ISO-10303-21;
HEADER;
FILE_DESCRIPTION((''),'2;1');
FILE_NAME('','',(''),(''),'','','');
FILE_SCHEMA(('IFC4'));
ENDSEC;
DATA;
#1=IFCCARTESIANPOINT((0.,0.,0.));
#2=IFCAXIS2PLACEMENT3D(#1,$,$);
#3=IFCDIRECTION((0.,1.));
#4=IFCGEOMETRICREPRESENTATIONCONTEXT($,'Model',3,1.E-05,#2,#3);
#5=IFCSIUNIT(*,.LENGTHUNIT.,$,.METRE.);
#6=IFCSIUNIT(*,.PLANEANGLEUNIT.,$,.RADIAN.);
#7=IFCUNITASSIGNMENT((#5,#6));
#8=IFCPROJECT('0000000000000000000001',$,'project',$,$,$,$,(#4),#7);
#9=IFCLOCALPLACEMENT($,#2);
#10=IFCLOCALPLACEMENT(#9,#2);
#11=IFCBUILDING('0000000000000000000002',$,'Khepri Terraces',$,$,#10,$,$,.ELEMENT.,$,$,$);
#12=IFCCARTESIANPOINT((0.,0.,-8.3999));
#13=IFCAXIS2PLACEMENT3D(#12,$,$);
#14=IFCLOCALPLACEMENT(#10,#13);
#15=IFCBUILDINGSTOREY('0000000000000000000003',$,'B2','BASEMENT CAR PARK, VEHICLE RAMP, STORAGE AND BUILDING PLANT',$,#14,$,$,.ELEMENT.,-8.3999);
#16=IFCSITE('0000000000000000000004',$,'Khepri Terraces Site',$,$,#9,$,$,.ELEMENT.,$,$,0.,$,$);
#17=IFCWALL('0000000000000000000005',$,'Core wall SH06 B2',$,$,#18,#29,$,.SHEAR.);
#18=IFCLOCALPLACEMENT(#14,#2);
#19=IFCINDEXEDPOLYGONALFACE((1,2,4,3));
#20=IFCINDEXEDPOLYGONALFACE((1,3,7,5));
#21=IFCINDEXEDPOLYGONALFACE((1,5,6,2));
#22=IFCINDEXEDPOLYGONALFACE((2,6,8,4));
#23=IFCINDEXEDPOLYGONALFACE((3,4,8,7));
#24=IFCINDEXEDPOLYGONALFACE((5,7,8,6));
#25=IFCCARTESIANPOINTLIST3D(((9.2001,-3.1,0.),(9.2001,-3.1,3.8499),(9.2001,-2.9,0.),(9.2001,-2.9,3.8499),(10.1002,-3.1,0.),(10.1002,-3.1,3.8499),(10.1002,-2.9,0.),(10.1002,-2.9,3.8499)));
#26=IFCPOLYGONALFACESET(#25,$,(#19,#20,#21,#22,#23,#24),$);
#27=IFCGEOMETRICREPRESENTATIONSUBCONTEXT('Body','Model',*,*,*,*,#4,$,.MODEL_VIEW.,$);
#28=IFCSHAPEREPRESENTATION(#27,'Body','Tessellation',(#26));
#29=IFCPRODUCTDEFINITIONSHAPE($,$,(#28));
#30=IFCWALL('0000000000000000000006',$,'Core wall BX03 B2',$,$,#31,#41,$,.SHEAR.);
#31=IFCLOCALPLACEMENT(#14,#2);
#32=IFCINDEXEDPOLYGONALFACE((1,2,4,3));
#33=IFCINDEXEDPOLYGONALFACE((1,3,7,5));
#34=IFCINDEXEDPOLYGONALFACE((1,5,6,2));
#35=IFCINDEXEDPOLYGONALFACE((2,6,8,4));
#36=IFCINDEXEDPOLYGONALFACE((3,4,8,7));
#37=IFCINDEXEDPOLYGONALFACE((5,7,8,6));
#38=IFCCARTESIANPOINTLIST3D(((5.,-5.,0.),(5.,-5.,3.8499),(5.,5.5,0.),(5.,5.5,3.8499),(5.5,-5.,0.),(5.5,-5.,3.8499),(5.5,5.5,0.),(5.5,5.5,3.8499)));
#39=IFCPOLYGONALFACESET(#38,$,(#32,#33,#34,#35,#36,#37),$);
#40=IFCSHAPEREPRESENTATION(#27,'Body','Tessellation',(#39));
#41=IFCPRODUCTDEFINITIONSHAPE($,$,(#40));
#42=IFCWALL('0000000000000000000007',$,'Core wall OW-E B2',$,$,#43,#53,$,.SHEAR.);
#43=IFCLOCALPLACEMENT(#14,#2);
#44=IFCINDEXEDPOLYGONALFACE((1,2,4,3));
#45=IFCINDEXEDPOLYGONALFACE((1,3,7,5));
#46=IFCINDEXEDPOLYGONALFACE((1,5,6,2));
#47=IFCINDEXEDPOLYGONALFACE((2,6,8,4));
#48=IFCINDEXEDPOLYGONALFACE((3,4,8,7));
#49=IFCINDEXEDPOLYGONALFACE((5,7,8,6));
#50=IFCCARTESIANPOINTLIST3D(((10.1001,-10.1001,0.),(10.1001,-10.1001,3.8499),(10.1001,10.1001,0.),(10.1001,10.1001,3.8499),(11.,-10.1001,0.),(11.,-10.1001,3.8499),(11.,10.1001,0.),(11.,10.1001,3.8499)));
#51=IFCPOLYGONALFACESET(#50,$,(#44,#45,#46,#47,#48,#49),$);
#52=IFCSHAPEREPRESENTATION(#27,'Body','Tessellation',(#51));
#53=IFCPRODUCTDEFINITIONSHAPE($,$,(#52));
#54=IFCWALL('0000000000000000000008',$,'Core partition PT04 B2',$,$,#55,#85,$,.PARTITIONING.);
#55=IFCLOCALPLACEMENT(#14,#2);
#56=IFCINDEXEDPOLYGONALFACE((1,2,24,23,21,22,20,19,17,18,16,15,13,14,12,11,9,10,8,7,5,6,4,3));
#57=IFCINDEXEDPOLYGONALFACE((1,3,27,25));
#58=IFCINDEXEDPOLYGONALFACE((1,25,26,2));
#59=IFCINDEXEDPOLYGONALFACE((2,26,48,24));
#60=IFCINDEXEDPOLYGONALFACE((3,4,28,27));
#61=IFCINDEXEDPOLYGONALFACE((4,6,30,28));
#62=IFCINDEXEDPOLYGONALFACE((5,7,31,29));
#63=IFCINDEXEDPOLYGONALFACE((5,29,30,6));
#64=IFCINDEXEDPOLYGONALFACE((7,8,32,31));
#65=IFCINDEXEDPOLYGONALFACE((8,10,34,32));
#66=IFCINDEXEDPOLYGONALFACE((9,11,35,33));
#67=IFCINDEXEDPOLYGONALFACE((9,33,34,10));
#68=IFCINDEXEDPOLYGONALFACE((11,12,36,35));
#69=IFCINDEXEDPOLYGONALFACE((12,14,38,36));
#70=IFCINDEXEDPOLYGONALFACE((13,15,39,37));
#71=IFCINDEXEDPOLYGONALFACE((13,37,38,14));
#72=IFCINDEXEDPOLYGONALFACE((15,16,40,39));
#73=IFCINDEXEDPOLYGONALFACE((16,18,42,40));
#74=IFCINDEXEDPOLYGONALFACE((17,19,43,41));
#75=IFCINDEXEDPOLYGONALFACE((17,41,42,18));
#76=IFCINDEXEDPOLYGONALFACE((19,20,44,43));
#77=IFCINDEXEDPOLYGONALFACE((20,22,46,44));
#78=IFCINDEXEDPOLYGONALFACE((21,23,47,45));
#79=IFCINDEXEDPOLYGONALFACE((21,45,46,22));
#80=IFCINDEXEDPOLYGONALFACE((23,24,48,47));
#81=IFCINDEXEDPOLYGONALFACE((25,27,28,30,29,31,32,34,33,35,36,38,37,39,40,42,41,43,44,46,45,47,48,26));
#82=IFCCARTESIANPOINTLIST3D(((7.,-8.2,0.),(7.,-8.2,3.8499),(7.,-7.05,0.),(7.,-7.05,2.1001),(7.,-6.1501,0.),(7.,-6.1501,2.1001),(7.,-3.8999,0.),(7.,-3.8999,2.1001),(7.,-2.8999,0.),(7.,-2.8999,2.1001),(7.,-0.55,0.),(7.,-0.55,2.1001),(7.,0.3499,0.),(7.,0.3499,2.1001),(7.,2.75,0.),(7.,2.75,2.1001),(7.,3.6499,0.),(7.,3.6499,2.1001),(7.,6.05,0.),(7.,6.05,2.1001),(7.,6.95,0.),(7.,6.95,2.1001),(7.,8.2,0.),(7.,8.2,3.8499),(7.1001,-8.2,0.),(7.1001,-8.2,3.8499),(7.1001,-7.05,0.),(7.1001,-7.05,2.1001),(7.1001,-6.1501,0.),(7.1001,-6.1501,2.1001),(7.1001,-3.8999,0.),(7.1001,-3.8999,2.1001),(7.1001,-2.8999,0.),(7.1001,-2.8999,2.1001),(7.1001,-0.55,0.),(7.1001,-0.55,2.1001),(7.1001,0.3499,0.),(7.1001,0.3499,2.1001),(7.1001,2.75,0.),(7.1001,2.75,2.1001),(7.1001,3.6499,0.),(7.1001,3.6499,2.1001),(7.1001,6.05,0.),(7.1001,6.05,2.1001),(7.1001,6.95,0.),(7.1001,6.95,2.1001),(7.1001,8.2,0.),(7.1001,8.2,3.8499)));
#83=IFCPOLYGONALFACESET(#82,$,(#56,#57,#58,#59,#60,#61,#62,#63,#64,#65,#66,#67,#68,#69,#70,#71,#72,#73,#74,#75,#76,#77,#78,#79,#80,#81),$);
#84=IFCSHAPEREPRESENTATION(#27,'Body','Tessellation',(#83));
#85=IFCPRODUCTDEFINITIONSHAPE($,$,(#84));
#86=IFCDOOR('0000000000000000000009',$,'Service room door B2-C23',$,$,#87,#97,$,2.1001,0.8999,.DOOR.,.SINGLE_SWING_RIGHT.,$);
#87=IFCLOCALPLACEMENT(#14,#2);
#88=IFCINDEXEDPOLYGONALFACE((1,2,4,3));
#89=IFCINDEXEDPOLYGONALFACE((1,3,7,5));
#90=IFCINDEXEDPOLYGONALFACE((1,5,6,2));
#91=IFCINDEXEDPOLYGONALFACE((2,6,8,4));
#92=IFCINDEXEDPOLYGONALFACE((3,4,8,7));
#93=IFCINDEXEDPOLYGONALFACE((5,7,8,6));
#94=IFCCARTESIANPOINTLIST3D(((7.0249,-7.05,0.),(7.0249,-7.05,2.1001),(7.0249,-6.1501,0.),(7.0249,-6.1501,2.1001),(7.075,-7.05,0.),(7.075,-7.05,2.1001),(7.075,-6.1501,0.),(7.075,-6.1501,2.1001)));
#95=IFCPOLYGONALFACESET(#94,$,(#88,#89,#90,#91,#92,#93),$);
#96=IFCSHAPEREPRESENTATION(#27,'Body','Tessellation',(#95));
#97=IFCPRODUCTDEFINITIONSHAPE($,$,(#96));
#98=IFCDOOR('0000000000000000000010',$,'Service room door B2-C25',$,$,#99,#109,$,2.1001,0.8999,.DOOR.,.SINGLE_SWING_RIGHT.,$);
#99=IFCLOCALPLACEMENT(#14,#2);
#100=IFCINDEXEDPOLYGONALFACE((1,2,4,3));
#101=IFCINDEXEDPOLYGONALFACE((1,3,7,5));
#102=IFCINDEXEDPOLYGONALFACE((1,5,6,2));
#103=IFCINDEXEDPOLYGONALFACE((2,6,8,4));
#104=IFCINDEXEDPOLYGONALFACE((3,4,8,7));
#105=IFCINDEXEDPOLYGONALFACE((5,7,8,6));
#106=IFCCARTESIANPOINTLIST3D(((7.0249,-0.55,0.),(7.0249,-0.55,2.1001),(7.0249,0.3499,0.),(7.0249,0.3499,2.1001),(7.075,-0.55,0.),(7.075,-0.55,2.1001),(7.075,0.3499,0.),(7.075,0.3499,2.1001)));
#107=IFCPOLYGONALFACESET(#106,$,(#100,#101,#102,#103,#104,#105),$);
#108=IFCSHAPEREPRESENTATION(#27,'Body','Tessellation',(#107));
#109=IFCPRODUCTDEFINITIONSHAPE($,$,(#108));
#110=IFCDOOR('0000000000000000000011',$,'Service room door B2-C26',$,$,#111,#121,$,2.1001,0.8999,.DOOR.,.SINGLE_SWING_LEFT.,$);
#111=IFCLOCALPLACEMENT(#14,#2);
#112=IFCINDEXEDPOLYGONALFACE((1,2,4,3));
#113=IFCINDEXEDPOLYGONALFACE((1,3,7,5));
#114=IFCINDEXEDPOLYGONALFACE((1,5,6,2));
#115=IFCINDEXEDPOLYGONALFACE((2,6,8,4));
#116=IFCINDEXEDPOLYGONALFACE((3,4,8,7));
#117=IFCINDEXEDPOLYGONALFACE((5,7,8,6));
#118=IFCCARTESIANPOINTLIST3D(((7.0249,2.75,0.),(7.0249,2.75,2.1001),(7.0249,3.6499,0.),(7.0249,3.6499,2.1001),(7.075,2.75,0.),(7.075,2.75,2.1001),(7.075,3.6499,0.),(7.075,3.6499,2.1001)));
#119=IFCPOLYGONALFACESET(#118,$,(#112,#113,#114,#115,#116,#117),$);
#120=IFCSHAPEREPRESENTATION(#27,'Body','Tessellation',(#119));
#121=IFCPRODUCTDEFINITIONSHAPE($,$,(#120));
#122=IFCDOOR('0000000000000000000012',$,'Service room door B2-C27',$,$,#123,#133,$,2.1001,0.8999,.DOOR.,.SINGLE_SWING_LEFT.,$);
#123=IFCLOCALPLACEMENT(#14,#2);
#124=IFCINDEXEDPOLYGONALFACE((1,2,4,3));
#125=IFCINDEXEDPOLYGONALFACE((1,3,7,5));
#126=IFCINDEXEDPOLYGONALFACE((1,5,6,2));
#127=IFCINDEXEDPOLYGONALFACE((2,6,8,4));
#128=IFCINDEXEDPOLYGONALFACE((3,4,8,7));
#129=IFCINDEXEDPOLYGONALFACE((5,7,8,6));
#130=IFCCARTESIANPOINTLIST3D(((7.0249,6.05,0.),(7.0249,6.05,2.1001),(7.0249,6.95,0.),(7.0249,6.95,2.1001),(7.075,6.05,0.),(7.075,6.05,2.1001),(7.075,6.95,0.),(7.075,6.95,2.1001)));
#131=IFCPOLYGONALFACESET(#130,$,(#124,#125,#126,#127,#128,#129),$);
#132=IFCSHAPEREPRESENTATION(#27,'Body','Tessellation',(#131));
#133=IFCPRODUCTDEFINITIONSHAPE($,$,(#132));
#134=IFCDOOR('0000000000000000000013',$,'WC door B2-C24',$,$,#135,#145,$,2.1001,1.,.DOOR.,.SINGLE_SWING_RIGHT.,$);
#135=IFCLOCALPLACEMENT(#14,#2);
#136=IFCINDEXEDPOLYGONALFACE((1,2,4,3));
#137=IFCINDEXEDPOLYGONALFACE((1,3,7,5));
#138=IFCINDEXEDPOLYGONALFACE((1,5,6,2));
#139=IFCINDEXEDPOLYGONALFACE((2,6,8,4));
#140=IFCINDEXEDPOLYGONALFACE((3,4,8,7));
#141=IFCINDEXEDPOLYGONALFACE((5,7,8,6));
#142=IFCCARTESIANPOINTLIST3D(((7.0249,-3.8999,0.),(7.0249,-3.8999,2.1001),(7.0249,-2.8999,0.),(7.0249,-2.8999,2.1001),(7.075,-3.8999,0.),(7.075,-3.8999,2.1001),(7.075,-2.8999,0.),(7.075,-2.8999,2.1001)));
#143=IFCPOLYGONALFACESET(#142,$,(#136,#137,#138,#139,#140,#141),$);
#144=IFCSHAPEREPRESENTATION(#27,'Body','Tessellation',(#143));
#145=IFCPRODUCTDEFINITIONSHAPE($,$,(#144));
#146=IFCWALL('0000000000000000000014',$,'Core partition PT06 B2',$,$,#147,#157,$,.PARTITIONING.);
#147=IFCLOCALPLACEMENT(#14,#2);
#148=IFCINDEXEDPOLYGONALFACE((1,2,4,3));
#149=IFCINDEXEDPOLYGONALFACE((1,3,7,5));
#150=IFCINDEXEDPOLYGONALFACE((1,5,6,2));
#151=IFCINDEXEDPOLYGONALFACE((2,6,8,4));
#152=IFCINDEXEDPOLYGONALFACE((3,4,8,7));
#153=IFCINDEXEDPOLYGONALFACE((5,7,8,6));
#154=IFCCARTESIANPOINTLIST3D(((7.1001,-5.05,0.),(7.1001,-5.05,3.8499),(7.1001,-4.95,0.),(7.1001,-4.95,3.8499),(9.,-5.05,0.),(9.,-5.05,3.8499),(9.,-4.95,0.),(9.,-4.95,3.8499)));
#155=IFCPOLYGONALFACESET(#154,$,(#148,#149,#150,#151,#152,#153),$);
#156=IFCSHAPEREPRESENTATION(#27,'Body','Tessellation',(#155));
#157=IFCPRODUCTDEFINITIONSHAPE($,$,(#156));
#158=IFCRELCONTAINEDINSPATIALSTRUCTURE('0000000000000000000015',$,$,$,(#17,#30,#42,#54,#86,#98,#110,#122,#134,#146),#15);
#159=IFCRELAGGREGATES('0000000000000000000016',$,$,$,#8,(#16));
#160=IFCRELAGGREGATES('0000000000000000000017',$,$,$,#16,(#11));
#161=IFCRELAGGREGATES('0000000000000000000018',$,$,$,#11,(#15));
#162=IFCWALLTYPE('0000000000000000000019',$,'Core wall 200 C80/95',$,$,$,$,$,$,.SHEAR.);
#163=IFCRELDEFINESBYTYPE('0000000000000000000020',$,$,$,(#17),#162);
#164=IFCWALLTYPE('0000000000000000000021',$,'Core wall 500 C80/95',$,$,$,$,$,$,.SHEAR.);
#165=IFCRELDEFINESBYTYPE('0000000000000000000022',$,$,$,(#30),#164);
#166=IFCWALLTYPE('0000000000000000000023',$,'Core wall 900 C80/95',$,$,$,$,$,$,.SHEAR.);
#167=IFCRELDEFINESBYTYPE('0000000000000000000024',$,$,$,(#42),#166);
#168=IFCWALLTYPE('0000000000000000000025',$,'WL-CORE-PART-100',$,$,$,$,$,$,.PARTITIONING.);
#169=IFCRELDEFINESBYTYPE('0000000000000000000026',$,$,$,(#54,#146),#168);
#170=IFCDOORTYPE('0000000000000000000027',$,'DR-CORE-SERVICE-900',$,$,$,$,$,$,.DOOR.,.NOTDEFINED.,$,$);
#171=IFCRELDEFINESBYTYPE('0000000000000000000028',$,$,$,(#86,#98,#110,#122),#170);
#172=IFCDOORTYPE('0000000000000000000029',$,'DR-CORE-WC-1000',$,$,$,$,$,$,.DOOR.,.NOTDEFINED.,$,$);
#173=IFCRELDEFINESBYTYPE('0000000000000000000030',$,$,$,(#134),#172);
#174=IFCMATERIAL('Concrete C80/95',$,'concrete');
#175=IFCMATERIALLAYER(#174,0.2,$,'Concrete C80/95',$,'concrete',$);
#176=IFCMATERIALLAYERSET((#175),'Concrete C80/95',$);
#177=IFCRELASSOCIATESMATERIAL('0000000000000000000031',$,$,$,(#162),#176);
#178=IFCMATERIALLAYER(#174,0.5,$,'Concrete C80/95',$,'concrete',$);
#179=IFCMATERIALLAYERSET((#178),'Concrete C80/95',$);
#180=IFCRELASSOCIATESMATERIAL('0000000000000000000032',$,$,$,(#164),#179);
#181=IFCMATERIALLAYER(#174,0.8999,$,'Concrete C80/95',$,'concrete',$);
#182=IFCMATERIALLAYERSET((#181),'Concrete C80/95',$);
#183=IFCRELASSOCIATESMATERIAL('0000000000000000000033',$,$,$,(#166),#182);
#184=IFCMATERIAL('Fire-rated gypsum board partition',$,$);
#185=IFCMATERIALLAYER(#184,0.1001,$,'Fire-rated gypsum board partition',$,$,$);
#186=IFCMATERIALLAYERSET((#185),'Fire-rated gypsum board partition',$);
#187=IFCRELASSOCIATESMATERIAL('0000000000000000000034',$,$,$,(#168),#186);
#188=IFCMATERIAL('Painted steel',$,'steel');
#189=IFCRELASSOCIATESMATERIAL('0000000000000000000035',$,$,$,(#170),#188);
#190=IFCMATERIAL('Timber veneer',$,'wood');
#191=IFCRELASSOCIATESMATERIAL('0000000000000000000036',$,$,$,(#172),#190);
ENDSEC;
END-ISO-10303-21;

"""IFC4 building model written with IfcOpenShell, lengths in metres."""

from ifc_helpers import new_model, si_unit, direction, frame, frame_2d, origin, place, context, subcontext, project, spatial, rectangle, extrude, material, layer, layer_set, type_object, element, fill, save


model = new_model("IFC4")

# Units and contexts
model_context = context("Model", 3, precision=1e-05, world=origin(), true_north=direction((0.0, 1.0)))
body_context = subcontext(model_context, "Body", "Model", "MODEL_VIEW")
ifc_project = project(units=[si_unit("LENGTHUNIT", "METRE"), si_unit("PLANEANGLEUNIT", "RADIAN")], contexts=[model_context])

# Site, building, storey
site_placement = place(None, origin())
site = spatial("IfcSite", under=ifc_project, at=site_placement, Name="Khepri Terraces Site", CompositionType="ELEMENT", RefElevation=0.0)
building_placement = place(site_placement, origin())
building = spatial("IfcBuilding", under=site, at=building_placement, Name="Khepri Terraces", CompositionType="ELEMENT")
storey_placement = place(building_placement, frame((0.0, 0.0, -8.3999)))
storey = spatial("IfcBuildingStorey", under=building, at=storey_placement, Name="B2", Description="BASEMENT CAR PARK, VEHICLE RAMP, STORAGE AND BUILDING PLANT", CompositionType="ELEMENT", Elevation=-8.3999)

# Walls
ifc_material_1 = material(Name="Concrete C80/95", Category="concrete")
ifc_layer_1 = layer(ifc_material_1, 0.2, Name="Concrete C80/95", Category="concrete")
ifc_layer_set_1 = layer_set([ifc_layer_1], Name="Concrete C80/95")
wall_type_1 = type_object("IfcWallType", Name="Core wall 200 C80/95", PredefinedType="SHEAR", material=ifc_layer_set_1)
wall_1_placement = place(storey_placement, frame((9.2, -3.0, 0.0), z_axis=(0.0, 0.0, 1.0), x_axis=(1.0, 0.0, 0.0)))
element("IfcWall", 1, at=wall_1_placement, inside=storey, type_object=wall_type_1, Name="Core wall SH06 B2", PredefinedType="SHEAR", context=body_context, shape_type="SweptSolid", body=[
    extrude(rectangle(XDim=0.9001, YDim=0.2, at=frame_2d((0.4502, 0.0))), origin(), (0.0, 0.0, 1.0), 3.8499),
])
ifc_layer_2 = layer(ifc_material_1, 0.5, Name="Concrete C80/95", Category="concrete")
ifc_layer_set_2 = layer_set([ifc_layer_2], Name="Concrete C80/95")
wall_type_2 = type_object("IfcWallType", Name="Core wall 500 C80/95", PredefinedType="SHEAR", material=ifc_layer_set_2)
wall_2_placement = place(storey_placement, frame((5.25, -5.0, 0.0), z_axis=(0.0, 0.0, 1.0), x_axis=(0.0, 1.0, 0.0)))
element("IfcWall", 2, at=wall_2_placement, inside=storey, type_object=wall_type_2, Name="Core wall BX03 B2", PredefinedType="SHEAR", context=body_context, shape_type="SweptSolid", body=[
    extrude(rectangle(XDim=10.5, YDim=0.5, at=frame_2d((5.25, 0.0))), origin(), (0.0, 0.0, 1.0), 3.8499),
])
ifc_layer_3 = layer(ifc_material_1, 0.8999, Name="Concrete C80/95", Category="concrete")
ifc_layer_set_3 = layer_set([ifc_layer_3], Name="Concrete C80/95")
wall_type_3 = type_object("IfcWallType", Name="Core wall 900 C80/95", PredefinedType="SHEAR", material=ifc_layer_set_3)
wall_3_placement = place(storey_placement, frame((10.55, -10.1001, 0.0), z_axis=(0.0, 0.0, 1.0), x_axis=(0.0, 1.0, 0.0)))
element("IfcWall", 3, at=wall_3_placement, inside=storey, type_object=wall_type_3, Name="Core wall OW-E B2", PredefinedType="SHEAR", context=body_context, shape_type="SweptSolid", body=[
    extrude(rectangle(XDim=20.2002, YDim=0.8999, at=frame_2d((10.1001, 0.0))), origin(), (0.0, 0.0, 1.0), 3.8499),
])

# Wall, openings, doors
ifc_material_2 = material(Name="Fire-rated gypsum board partition")
ifc_layer_4 = layer(ifc_material_2, 0.1001, Name="Fire-rated gypsum board partition")
ifc_layer_set_4 = layer_set([ifc_layer_4], Name="Fire-rated gypsum board partition")
wall_type_4 = type_object("IfcWallType", Name="WL-CORE-PART-100", PredefinedType="PARTITIONING", material=ifc_layer_set_4)
wall_4_placement = place(storey_placement, frame((7.05, -8.2, 0.0), z_axis=(0.0, 0.0, 1.0), x_axis=(0.0, 1.0, 0.0)))
wall_4 = element("IfcWall", 4, at=wall_4_placement, inside=storey, type_object=wall_type_4, Name="Core partition PT04 B2", PredefinedType="PARTITIONING", context=body_context, shape_type="SweptSolid", body=[
    extrude(rectangle(XDim=16.3999, YDim=0.1001, at=frame_2d((8.2, 0.0))), origin(), (0.0, 0.0, 1.0), 3.8499),
])
opening_1_placement = place(wall_4_placement, frame((1.1499, 0.0, 0.0)))
opening_1 = element("IfcOpeningElement", 5, at=opening_1_placement, cuts=wall_4, PredefinedType="OPENING", context=body_context, shape_type="SweptSolid", body=[
    extrude(rectangle(XDim=0.8999, YDim=2.1001, at=frame_2d((0.45, 1.05))), frame((0.0, 0.0601, 0.0), z_axis=(0.0, -1.0, 0.0), x_axis=(1.0, 0.0, 0.0)), (0.0, 0.0, 1.0), 0.1201),
])
opening_2_placement = place(wall_4_placement, frame((4.3, 0.0, 0.0)))
opening_2 = element("IfcOpeningElement", 6, at=opening_2_placement, cuts=wall_4, PredefinedType="OPENING", context=body_context, shape_type="SweptSolid", body=[
    extrude(rectangle(XDim=1.0, YDim=2.1001, at=frame_2d((0.5, 1.05))), frame((0.0, 0.0601, 0.0), z_axis=(0.0, -1.0, 0.0), x_axis=(1.0, 0.0, 0.0)), (0.0, 0.0, 1.0), 0.1201),
])
opening_3_placement = place(wall_4_placement, frame((7.6499, 0.0, 0.0)))
opening_3 = element("IfcOpeningElement", 7, at=opening_3_placement, cuts=wall_4, PredefinedType="OPENING", context=body_context, shape_type="SweptSolid", body=[
    extrude(rectangle(XDim=0.8999, YDim=2.1001, at=frame_2d((0.45, 1.05))), frame((0.0, 0.0601, 0.0), z_axis=(0.0, -1.0, 0.0), x_axis=(1.0, 0.0, 0.0)), (0.0, 0.0, 1.0), 0.1201),
])
opening_4_placement = place(wall_4_placement, frame((10.95, 0.0, 0.0)))
opening_4 = element("IfcOpeningElement", 8, at=opening_4_placement, cuts=wall_4, PredefinedType="OPENING", context=body_context, shape_type="SweptSolid", body=[
    extrude(rectangle(XDim=0.8999, YDim=2.1001, at=frame_2d((0.45, 1.05))), frame((0.0, 0.0601, 0.0), z_axis=(0.0, -1.0, 0.0), x_axis=(1.0, 0.0, 0.0)), (0.0, 0.0, 1.0), 0.1201),
])
opening_5_placement = place(wall_4_placement, frame((14.25, 0.0, 0.0)))
opening_5 = element("IfcOpeningElement", 9, at=opening_5_placement, cuts=wall_4, PredefinedType="OPENING", context=body_context, shape_type="SweptSolid", body=[
    extrude(rectangle(XDim=0.8999, YDim=2.1001, at=frame_2d((0.45, 1.05))), frame((0.0, 0.0601, 0.0), z_axis=(0.0, -1.0, 0.0), x_axis=(1.0, 0.0, 0.0)), (0.0, 0.0, 1.0), 0.1201),
])
ifc_material_3 = material(Name="Painted steel", Category="steel")
door_type_1 = type_object("IfcDoorType", Name="DR-CORE-SERVICE-900", OperationType="NOTDEFINED", PredefinedType="DOOR", material=ifc_material_3)
door_1_placement = place(opening_1_placement, frame((0.8999, 0.0, 0.0), z_axis=(0.0, 0.0, 1.0), x_axis=(-1.0, 0.0, 0.0)))
door_1 = element("IfcDoor", 10, at=door_1_placement, inside=storey, type_object=door_type_1, Name="Service room door B2-C23", OperationType="SINGLE_SWING_RIGHT", OverallHeight=2.1001, OverallWidth=0.8999, PredefinedType="DOOR", context=body_context, shape_type="SweptSolid", body=[
    extrude(rectangle(XDim=0.8999, YDim=2.1001, at=frame_2d((0.45, 1.05))), frame((0.0, 0.0249, 0.0), z_axis=(0.0, -1.0, 0.0), x_axis=(1.0, 0.0, 0.0)), (0.0, 0.0, 1.0), 0.05),
])
fill(opening_1, door_1)
door_2_placement = place(opening_3_placement, frame((0.8999, 0.0, 0.0), z_axis=(0.0, 0.0, 1.0), x_axis=(-1.0, 0.0, 0.0)))
door_2 = element("IfcDoor", 11, at=door_2_placement, inside=storey, type_object=door_type_1, Name="Service room door B2-C25", OperationType="SINGLE_SWING_RIGHT", OverallHeight=2.1001, OverallWidth=0.8999, PredefinedType="DOOR", context=body_context, shape_type="SweptSolid", body=[
    extrude(rectangle(XDim=0.8999, YDim=2.1001, at=frame_2d((0.45, 1.05))), frame((0.0, 0.0249, 0.0), z_axis=(0.0, -1.0, 0.0), x_axis=(1.0, 0.0, 0.0)), (0.0, 0.0, 1.0), 0.05),
])
fill(opening_3, door_2)
door_3_placement = place(opening_4_placement, frame((0.8999, 0.0, 0.0), z_axis=(0.0, 0.0, 1.0), x_axis=(-1.0, 0.0, 0.0)))
door_3 = element("IfcDoor", 12, at=door_3_placement, inside=storey, type_object=door_type_1, Name="Service room door B2-C26", OperationType="SINGLE_SWING_LEFT", OverallHeight=2.1001, OverallWidth=0.8999, PredefinedType="DOOR", context=body_context, shape_type="SweptSolid", body=[
    extrude(rectangle(XDim=0.8999, YDim=2.1001, at=frame_2d((0.45, 1.05))), frame((0.0, 0.0249, 0.0), z_axis=(0.0, -1.0, 0.0), x_axis=(1.0, 0.0, 0.0)), (0.0, 0.0, 1.0), 0.05),
])
fill(opening_4, door_3)
door_4_placement = place(opening_5_placement, frame((0.8999, 0.0, 0.0), z_axis=(0.0, 0.0, 1.0), x_axis=(-1.0, 0.0, 0.0)))
door_4 = element("IfcDoor", 13, at=door_4_placement, inside=storey, type_object=door_type_1, Name="Service room door B2-C27", OperationType="SINGLE_SWING_LEFT", OverallHeight=2.1001, OverallWidth=0.8999, PredefinedType="DOOR", context=body_context, shape_type="SweptSolid", body=[
    extrude(rectangle(XDim=0.8999, YDim=2.1001, at=frame_2d((0.45, 1.05))), frame((0.0, 0.0249, 0.0), z_axis=(0.0, -1.0, 0.0), x_axis=(1.0, 0.0, 0.0)), (0.0, 0.0, 1.0), 0.05),
])
fill(opening_5, door_4)
ifc_material_4 = material(Name="Timber veneer", Category="wood")
door_type_2 = type_object("IfcDoorType", Name="DR-CORE-WC-1000", OperationType="NOTDEFINED", PredefinedType="DOOR", material=ifc_material_4)
door_5_placement = place(opening_2_placement, frame((1.0, 0.0, 0.0), z_axis=(0.0, 0.0, 1.0), x_axis=(-1.0, 0.0, 0.0)))
door_5 = element("IfcDoor", 14, at=door_5_placement, inside=storey, type_object=door_type_2, Name="WC door B2-C24", OperationType="SINGLE_SWING_RIGHT", OverallHeight=2.1001, OverallWidth=1.0, PredefinedType="DOOR", context=body_context, shape_type="SweptSolid", body=[
    extrude(rectangle(XDim=1.0, YDim=2.1001, at=frame_2d((0.5, 1.05))), frame((0.0, 0.0249, 0.0), z_axis=(0.0, -1.0, 0.0), x_axis=(1.0, 0.0, 0.0)), (0.0, 0.0, 1.0), 0.05),
])
fill(opening_2, door_5)

# Wall
for number, where, z_axis, x_axis, name in (
    (15, (7.1001, -5.0, 0.0), (0.0, 0.0, 1.0), (1.0, 0.0, 0.0), "Core partition PT06 B2"),
):
    element("IfcWall", number, at=place(storey_placement, frame(where, z_axis=z_axis, x_axis=x_axis)), inside=storey, type_object=wall_type_4, Name=name, PredefinedType="PARTITIONING", context=body_context, shape_type="SweptSolid", body=[
        extrude(rectangle(XDim=1.8999, YDim=0.1001, at=frame_2d((0.95, 0.0))), origin(), (0.0, 0.0, 1.0), 3.8499),
    ])

save(model, "model.ifc")
